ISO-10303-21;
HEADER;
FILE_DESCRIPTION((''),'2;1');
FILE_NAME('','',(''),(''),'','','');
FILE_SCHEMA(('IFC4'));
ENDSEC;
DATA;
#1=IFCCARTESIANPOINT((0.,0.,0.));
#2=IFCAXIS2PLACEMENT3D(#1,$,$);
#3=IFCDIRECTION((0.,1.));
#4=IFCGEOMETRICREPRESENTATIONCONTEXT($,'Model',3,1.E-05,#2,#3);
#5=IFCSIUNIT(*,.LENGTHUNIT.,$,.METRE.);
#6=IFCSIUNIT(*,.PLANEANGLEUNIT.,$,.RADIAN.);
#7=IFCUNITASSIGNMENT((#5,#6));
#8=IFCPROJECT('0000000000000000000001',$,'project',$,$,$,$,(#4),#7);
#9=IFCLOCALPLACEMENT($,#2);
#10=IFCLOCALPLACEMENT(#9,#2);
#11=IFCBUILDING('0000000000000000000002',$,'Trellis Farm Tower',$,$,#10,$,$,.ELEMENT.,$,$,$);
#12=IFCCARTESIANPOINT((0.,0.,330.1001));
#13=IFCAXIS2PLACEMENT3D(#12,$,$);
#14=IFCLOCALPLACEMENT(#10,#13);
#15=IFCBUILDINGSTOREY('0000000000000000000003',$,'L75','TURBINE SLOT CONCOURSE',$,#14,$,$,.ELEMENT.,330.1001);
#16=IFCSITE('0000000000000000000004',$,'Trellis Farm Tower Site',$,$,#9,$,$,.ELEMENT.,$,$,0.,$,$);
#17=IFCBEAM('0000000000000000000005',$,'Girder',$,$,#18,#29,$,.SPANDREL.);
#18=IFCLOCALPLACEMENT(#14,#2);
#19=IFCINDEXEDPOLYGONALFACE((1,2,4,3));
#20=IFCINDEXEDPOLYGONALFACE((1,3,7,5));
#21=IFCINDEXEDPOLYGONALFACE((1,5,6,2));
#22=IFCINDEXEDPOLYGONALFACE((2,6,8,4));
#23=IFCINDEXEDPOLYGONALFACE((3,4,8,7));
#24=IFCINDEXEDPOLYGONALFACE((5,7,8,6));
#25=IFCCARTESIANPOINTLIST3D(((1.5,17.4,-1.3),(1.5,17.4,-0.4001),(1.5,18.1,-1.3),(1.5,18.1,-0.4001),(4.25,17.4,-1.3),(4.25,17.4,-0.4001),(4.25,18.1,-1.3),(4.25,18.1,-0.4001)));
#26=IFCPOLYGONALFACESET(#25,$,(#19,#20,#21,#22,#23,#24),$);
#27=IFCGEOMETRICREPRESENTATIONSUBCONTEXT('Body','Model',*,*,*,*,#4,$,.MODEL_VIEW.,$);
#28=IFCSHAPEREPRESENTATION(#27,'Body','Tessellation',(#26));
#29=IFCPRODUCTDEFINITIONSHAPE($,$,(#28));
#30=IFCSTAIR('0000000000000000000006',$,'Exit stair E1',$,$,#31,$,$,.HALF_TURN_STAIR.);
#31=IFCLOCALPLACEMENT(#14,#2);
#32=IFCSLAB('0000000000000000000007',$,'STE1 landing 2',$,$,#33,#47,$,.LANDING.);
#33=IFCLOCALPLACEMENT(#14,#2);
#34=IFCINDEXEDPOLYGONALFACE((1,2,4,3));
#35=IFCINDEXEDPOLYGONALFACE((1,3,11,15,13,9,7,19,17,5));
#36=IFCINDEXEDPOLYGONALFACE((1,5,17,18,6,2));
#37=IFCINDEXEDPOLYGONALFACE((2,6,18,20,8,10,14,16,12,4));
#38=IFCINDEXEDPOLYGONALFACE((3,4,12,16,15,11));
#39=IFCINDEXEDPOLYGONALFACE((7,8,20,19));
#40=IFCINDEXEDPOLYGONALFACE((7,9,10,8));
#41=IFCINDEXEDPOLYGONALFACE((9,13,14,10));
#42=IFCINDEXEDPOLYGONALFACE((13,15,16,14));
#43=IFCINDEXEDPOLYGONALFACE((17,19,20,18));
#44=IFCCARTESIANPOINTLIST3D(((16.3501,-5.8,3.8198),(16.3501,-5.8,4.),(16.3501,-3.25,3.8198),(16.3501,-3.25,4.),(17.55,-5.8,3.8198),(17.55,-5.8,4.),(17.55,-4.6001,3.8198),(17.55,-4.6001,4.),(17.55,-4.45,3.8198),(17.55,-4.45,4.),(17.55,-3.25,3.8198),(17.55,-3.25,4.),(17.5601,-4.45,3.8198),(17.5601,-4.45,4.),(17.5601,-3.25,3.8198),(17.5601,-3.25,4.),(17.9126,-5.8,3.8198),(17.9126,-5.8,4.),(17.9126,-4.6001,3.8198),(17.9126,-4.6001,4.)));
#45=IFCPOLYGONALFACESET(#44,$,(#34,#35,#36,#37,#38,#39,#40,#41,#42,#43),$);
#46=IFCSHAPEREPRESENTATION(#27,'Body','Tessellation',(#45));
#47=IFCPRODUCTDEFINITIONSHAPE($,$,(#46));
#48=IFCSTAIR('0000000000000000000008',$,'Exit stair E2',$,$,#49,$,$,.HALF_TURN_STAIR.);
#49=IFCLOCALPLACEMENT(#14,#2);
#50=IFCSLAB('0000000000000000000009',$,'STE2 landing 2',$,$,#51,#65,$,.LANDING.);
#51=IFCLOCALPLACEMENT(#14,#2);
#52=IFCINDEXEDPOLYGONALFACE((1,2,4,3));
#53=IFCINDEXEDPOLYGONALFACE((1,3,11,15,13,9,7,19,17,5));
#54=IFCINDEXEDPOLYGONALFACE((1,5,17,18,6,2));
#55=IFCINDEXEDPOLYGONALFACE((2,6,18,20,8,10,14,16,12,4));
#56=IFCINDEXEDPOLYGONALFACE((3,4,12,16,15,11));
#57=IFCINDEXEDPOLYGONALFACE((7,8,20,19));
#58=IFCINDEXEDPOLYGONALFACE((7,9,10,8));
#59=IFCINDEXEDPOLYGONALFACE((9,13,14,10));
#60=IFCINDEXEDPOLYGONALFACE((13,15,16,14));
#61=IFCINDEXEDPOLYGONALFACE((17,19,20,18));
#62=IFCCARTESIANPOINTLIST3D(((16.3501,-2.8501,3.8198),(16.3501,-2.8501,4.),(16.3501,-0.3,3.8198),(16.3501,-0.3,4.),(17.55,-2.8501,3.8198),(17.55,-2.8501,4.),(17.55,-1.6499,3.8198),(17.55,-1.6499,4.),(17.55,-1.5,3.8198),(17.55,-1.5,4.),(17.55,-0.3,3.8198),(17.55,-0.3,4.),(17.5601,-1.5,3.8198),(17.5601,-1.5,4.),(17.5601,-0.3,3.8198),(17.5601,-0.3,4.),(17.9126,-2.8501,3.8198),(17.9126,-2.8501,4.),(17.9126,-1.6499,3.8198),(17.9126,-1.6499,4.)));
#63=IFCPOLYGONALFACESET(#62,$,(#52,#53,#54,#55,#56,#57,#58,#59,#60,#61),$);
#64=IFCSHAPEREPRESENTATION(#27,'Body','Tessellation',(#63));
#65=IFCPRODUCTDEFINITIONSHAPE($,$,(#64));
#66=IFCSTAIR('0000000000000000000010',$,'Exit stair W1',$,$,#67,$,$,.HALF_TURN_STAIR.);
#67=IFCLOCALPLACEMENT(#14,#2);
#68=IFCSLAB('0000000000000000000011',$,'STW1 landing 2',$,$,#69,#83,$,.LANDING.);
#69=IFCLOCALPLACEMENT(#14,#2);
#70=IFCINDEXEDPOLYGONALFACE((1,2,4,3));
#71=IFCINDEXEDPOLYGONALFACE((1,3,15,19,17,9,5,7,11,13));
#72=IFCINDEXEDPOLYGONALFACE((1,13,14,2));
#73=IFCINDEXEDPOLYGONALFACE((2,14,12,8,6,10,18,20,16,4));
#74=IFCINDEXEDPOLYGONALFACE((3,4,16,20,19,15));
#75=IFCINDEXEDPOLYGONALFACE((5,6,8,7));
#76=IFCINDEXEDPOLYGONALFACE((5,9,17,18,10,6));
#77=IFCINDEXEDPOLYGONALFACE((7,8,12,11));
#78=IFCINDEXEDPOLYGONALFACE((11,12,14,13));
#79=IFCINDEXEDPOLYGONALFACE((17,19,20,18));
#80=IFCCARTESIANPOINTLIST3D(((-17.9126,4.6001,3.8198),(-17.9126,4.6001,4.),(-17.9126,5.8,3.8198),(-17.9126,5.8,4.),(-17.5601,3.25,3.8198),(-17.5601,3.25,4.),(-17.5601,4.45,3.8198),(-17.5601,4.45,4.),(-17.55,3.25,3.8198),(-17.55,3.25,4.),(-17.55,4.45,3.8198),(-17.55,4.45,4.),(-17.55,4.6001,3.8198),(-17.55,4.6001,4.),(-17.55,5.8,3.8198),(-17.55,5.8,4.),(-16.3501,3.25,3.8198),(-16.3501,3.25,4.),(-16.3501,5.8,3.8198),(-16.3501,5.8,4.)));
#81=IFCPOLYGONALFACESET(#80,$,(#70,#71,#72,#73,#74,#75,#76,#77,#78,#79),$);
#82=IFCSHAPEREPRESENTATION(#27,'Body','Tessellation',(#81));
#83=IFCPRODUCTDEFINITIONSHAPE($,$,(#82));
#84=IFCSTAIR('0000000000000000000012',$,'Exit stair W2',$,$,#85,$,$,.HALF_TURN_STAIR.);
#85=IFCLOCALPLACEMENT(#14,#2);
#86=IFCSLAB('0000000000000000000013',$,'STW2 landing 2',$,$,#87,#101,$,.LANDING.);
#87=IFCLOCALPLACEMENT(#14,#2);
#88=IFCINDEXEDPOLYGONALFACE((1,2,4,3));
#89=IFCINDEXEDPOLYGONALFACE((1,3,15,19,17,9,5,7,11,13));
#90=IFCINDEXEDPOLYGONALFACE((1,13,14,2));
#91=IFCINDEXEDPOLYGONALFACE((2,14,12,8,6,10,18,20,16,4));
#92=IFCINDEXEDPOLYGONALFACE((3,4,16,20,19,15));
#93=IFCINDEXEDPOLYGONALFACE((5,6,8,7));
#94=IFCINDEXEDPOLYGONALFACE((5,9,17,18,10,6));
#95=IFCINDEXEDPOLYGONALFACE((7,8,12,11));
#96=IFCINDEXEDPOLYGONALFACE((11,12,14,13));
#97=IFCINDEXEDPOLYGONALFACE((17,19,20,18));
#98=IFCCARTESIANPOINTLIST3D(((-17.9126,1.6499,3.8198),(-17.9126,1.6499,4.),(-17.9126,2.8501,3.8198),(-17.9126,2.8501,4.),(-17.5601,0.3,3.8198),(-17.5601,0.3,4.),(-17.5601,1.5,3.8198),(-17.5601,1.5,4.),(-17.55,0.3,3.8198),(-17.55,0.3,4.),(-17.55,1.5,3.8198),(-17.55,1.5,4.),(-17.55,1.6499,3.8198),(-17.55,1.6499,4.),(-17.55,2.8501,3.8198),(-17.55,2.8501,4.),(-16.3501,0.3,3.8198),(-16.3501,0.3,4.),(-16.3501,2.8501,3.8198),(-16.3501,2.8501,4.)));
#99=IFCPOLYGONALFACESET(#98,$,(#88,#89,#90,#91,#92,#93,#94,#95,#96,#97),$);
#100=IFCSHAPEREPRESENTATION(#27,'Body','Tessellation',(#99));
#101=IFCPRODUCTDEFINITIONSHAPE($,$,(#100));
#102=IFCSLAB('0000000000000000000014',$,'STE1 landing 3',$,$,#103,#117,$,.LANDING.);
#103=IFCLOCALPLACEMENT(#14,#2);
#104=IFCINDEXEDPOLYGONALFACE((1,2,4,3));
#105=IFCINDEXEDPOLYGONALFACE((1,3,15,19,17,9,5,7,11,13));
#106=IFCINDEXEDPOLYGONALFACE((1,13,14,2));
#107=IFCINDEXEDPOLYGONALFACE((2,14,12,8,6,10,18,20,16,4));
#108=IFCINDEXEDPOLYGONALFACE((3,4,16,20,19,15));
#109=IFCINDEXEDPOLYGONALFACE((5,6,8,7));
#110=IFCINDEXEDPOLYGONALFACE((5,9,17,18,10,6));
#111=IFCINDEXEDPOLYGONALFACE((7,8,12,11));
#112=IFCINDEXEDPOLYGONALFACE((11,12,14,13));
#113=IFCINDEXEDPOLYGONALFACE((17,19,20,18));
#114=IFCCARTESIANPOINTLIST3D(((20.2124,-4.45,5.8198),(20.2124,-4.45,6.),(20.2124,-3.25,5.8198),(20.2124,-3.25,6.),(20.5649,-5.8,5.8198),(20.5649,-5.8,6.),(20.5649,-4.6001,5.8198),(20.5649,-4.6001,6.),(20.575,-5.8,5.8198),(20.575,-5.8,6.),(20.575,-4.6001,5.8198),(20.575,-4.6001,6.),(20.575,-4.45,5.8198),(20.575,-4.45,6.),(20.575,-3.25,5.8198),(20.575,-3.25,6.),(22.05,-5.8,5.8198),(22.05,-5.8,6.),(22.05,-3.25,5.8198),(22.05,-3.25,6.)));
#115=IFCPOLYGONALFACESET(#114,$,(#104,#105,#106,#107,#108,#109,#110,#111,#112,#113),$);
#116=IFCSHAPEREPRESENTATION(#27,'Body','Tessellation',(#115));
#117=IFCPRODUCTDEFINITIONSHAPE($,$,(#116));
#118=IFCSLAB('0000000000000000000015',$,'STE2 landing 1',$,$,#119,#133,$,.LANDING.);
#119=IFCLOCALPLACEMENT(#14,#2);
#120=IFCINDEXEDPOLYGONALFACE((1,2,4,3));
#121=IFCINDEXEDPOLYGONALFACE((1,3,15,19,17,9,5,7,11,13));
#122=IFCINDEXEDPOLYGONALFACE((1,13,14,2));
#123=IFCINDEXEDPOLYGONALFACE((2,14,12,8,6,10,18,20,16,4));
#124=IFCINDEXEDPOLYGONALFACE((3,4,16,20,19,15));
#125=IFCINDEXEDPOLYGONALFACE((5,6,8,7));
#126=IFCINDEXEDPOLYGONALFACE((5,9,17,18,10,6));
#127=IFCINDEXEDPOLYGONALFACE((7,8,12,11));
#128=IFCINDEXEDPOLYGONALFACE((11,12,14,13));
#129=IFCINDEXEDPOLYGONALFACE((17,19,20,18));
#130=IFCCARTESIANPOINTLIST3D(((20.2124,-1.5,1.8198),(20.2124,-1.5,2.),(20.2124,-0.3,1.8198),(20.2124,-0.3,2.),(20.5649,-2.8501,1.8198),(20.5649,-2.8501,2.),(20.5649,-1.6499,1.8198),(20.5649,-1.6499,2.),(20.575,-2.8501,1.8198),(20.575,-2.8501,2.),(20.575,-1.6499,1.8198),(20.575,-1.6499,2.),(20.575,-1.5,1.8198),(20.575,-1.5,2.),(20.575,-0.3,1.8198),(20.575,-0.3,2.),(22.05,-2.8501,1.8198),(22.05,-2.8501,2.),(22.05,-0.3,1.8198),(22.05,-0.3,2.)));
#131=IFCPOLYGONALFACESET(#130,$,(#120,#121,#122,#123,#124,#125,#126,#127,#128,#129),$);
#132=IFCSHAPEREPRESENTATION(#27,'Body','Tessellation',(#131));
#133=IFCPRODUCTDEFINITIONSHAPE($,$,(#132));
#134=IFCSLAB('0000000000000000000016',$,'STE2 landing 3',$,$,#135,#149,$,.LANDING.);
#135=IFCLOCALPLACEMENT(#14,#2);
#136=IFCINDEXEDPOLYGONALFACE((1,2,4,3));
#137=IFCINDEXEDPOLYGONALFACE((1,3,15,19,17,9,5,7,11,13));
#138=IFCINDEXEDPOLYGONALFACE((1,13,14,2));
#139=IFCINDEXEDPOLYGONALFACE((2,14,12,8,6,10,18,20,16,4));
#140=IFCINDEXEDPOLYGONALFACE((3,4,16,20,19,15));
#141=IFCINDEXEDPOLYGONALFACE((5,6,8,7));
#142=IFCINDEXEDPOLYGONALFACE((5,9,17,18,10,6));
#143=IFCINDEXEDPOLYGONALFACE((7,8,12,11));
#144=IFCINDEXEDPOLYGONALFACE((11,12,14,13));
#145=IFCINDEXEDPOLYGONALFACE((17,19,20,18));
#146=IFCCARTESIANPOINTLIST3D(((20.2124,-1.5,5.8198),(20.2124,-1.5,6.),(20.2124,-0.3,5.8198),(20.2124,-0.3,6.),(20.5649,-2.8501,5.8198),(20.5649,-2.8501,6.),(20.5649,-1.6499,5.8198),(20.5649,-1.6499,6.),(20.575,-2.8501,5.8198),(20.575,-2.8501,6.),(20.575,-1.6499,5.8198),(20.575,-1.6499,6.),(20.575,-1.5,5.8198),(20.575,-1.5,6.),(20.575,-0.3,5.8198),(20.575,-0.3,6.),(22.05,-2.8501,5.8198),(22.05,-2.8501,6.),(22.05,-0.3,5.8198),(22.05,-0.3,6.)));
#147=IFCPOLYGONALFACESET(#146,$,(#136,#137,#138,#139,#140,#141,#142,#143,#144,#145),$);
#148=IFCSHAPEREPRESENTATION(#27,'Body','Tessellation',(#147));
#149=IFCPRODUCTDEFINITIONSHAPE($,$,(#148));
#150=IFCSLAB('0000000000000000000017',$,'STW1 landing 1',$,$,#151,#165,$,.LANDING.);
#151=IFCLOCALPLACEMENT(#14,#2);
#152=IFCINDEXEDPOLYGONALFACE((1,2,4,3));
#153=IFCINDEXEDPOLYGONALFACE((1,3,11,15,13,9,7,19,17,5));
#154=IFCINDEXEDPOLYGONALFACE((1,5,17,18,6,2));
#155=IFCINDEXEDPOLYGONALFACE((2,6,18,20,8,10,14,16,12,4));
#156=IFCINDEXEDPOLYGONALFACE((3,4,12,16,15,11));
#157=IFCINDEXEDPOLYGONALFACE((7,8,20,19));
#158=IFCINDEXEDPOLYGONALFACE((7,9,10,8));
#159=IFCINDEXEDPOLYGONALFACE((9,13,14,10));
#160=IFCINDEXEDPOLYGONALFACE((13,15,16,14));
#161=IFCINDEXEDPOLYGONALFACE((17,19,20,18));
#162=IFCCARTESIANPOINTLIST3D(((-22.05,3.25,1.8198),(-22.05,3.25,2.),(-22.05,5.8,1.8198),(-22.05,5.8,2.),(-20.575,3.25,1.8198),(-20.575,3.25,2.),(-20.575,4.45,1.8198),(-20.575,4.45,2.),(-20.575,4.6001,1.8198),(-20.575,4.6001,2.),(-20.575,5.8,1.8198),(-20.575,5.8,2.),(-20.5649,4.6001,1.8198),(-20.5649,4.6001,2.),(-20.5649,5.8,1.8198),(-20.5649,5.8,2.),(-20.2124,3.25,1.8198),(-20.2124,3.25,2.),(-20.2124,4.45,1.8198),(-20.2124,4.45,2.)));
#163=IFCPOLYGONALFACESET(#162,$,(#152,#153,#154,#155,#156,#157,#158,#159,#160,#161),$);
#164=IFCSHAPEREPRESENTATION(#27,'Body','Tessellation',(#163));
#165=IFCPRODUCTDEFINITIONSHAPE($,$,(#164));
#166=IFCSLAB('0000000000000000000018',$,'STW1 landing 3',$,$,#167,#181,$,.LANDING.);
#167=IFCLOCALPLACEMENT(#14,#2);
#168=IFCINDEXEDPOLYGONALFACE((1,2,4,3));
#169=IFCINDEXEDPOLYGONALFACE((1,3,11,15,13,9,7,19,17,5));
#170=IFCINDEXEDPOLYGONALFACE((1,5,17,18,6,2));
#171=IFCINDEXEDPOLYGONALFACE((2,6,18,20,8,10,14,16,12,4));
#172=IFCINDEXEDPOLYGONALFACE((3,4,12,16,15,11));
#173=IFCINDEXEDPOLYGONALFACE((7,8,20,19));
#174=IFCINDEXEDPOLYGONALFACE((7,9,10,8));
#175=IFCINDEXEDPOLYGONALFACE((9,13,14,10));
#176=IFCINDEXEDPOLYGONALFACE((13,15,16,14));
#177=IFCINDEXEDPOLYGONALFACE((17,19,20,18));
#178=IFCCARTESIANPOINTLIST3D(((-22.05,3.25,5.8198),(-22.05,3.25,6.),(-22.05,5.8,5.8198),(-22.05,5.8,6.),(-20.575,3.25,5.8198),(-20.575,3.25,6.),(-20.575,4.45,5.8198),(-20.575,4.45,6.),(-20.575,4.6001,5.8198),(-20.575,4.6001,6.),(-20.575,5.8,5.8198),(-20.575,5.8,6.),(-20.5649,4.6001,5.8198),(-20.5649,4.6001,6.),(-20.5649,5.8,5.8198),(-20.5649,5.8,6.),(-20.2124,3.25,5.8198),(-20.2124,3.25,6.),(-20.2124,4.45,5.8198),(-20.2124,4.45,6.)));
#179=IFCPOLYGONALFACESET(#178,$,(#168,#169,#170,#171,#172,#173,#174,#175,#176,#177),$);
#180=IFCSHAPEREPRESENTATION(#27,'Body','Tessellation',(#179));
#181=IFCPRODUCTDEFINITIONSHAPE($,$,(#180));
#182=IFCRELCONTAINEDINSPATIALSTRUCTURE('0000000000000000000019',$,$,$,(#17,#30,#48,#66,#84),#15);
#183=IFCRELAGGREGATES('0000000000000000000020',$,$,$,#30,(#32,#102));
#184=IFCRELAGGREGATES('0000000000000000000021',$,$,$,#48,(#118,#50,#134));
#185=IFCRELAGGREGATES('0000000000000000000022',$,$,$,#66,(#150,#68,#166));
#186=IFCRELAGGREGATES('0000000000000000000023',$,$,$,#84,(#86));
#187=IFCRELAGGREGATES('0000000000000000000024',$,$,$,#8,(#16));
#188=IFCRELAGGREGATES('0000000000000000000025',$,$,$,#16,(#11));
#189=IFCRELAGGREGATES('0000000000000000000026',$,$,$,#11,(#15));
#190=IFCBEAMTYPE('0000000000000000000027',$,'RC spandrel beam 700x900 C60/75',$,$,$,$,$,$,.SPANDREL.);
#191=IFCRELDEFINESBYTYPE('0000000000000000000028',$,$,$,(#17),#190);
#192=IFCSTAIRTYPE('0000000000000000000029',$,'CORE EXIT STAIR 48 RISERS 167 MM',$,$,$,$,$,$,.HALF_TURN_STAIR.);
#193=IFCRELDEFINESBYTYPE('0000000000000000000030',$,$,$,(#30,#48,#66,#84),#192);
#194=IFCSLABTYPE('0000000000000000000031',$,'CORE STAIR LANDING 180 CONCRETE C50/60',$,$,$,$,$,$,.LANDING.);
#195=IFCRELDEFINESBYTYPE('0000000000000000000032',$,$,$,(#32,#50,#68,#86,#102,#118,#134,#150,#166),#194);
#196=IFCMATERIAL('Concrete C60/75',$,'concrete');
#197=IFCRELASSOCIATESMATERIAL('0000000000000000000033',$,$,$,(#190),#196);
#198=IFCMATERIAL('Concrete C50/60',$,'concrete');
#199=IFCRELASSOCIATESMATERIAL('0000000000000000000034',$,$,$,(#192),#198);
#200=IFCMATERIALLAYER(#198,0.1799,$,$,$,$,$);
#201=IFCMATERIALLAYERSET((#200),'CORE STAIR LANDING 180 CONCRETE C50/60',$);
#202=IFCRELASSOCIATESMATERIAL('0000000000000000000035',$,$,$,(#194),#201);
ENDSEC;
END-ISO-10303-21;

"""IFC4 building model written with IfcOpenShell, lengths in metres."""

from ifc_helpers import new_model, si_unit, direction, frame, origin, origin_2d, place, context, subcontext, project, spatial, polyline, rectangle, outline, extrude, source, transform, mapped, material, layer, layer_set, material_profile, profile_set, type_object, element, aggregate, save


model = new_model("IFC4")

# Units and contexts
model_context = context("Model", 3, precision=1e-05, world=origin(), true_north=direction((0.0, 1.0)))
body_context = subcontext(model_context, "Body", "Model", "MODEL_VIEW")
ifc_project = project(units=[si_unit("LENGTHUNIT", "METRE"), si_unit("PLANEANGLEUNIT", "RADIAN")], contexts=[model_context])

# Site, building, storey
site_placement = place(None, origin())
site = spatial("IfcSite", under=ifc_project, at=site_placement, Name="Trellis Farm Tower Site", CompositionType="ELEMENT", RefElevation=0.0)
building_placement = place(site_placement, origin())
building = spatial("IfcBuilding", under=site, at=building_placement, Name="Trellis Farm Tower", CompositionType="ELEMENT")
storey_placement = place(building_placement, frame((0.0, 0.0, 330.1001)))
storey = spatial("IfcBuildingStorey", under=building, at=storey_placement, Name="L75", Description="TURBINE SLOT CONCOURSE", CompositionType="ELEMENT", Elevation=330.1001)

# Beam
ifc_material_1 = material(Name="Concrete C60/75", Category="concrete")
ifc_material_profile_1 = material_profile(ifc_material_1, rectangle(XDim=0.7, YDim=0.8999, at=origin_2d()), Name="RC spandrel beam 700x900 C60/75")
ifc_profile_set_1 = profile_set([ifc_material_profile_1], Name="Concrete C60/75")
beam_type = type_object("IfcBeamType", Name="RC spandrel beam 700x900 C60/75", PredefinedType="SPANDREL", material=ifc_profile_set_1)
shared_shape_1 = source(origin(), body_context, "Body", "SweptSolid", [
    extrude(rectangle(XDim=0.7, YDim=0.8999, at=origin_2d()), origin(), (0.0, 0.0, 1.0), 2.75),
])
beam_placement = place(storey_placement, frame((1.5, 17.75, -0.8501), z_axis=(1.0, 0.0, 0.0), x_axis=(0.0, 1.0, 0.0)))
element("IfcBeam", 1, at=beam_placement, inside=storey, type_object=beam_type, Name="Girder", PredefinedType="SPANDREL", context=body_context, shape_type="MappedRepresentation", body=[
    mapped(shared_shape_1, transform((0.0, 0.0, 0.0))),
])

# Stairs, slabs
ifc_material_2 = material(Name="Concrete C50/60", Category="concrete")
stair_type = type_object("IfcStairType", Name="CORE EXIT STAIR 48 RISERS 167 MM", PredefinedType="HALF_TURN_STAIR", material=ifc_material_2)
placement_1 = place(storey_placement, origin())
stair_1 = element("IfcStair", 2, at=placement_1, inside=storey, type_object=stair_type, Name="Exit stair E1", PredefinedType="HALF_TURN_STAIR")
ifc_layer_1 = layer(ifc_material_2, 0.1799)
ifc_layer_set_1 = layer_set([ifc_layer_1], Name="CORE STAIR LANDING 180 CONCRETE C50/60")
slab_type = type_object("IfcSlabType", Name="CORE STAIR LANDING 180 CONCRETE C50/60", PredefinedType="LANDING", material=ifc_layer_set_1)
placement_2 = place(storey_placement, frame((0.0, 0.0, 3.8198)))
slab_1 = element("IfcSlab", 3, at=placement_2, type_object=slab_type, Name="STE1 landing 2", PredefinedType="LANDING", context=body_context, shape_type="SweptSolid", body=[
    extrude(outline(polyline([(17.9126, -4.6001), (17.9126, -5.8), (17.55, -5.8), (16.3501, -5.8), (16.3501, -3.25), (17.55, -3.25), (17.5601, -3.25), (17.5601, -4.45), (17.55, -4.45), (17.55, -4.6001), (17.9126, -4.6001)])), origin(), (0.0, 0.0, 1.0), 0.1802),
])
stair_2 = element("IfcStair", 4, at=placement_1, inside=storey, type_object=stair_type, Name="Exit stair E2", PredefinedType="HALF_TURN_STAIR")
slab_2 = element("IfcSlab", 5, at=placement_2, type_object=slab_type, Name="STE2 landing 2", PredefinedType="LANDING", context=body_context, shape_type="SweptSolid", body=[
    extrude(outline(polyline([(17.9126, -1.6499), (17.9126, -2.8501), (17.55, -2.8501), (16.3501, -2.8501), (16.3501, -0.3), (17.55, -0.3), (17.5601, -0.3), (17.5601, -1.5), (17.55, -1.5), (17.55, -1.6499), (17.9126, -1.6499)])), origin(), (0.0, 0.0, 1.0), 0.1802),
])
stair_3 = element("IfcStair", 6, at=placement_1, inside=storey, type_object=stair_type, Name="Exit stair W1", PredefinedType="HALF_TURN_STAIR")
slab_3 = element("IfcSlab", 7, at=placement_2, type_object=slab_type, Name="STW1 landing 2", PredefinedType="LANDING", context=body_context, shape_type="SweptSolid", body=[
    extrude(outline(polyline([(-17.5601, 3.25), (-17.5601, 4.45), (-17.55, 4.45), (-17.55, 4.6001), (-17.9126, 4.6001), (-17.9126, 5.8), (-17.55, 5.8), (-16.3501, 5.8), (-16.3501, 3.25), (-17.55, 3.25), (-17.5601, 3.25)])), origin(), (0.0, 0.0, 1.0), 0.1802),
])
stair_4 = element("IfcStair", 8, at=placement_1, inside=storey, type_object=stair_type, Name="Exit stair W2", PredefinedType="HALF_TURN_STAIR")
slab_4 = element("IfcSlab", 9, at=placement_2, type_object=slab_type, Name="STW2 landing 2", PredefinedType="LANDING", context=body_context, shape_type="SweptSolid", body=[
    extrude(outline(polyline([(-17.5601, 0.3), (-17.5601, 1.5), (-17.55, 1.5), (-17.55, 1.6499), (-17.9126, 1.6499), (-17.9126, 2.8501), (-17.55, 2.8501), (-16.3501, 2.8501), (-16.3501, 0.3), (-17.55, 0.3), (-17.5601, 0.3)])), origin(), (0.0, 0.0, 1.0), 0.1802),
])

# Slabs
shared_shape_2 = source(origin(), body_context, "Body", "SweptSolid", [
    extrude(outline(polyline([(20.5649, -5.8), (20.5649, -4.6001), (20.575, -4.6001), (20.575, -4.45), (20.2124, -4.45), (20.2124, -3.25), (20.575, -3.25), (22.05, -3.25), (22.05, -5.8), (20.575, -5.8), (20.5649, -5.8)])), origin(), (0.0, 0.0, 1.0), 0.1802),
])
placement_3 = place(storey_placement, frame((0.0, 0.0, 5.8198)))
slab_5 = element("IfcSlab", 10, at=placement_3, type_object=slab_type, Name="STE1 landing 3", PredefinedType="LANDING", context=body_context, shape_type="MappedRepresentation", body=[
    mapped(shared_shape_2, transform((0.0, 0.0, 0.0))),
])
aggregate(stair_1, [slab_1, slab_5])
shared_shape_3 = source(origin(), body_context, "Body", "SweptSolid", [
    extrude(outline(polyline([(20.5649, -2.8501), (20.5649, -1.6499), (20.575, -1.6499), (20.575, -1.5), (20.2124, -1.5), (20.2124, -0.3), (20.575, -0.3), (22.05, -0.3), (22.05, -2.8501), (20.575, -2.8501), (20.5649, -2.8501)])), origin(), (0.0, 0.0, 1.0), 0.1802),
])
placement_4 = place(storey_placement, frame((0.0, 0.0, 1.8198)))
slab_6 = element("IfcSlab", 11, at=placement_4, type_object=slab_type, Name="STE2 landing 1", PredefinedType="LANDING", context=body_context, shape_type="MappedRepresentation", body=[
    mapped(shared_shape_3, transform((0.0, 0.0, 0.0))),
])
slab_7 = element("IfcSlab", 12, at=placement_3, type_object=slab_type, Name="STE2 landing 3", PredefinedType="LANDING", context=body_context, shape_type="MappedRepresentation", body=[
    mapped(shared_shape_3, transform((0.0, 0.0, 0.0))),
])
aggregate(stair_2, [slab_6, slab_2, slab_7])
shared_shape_4 = source(origin(), body_context, "Body", "SweptSolid", [
    extrude(outline(polyline([(-20.2124, 4.45), (-20.2124, 3.25), (-20.575, 3.25), (-22.05, 3.25), (-22.05, 5.8), (-20.575, 5.8), (-20.5649, 5.8), (-20.5649, 4.6001), (-20.575, 4.6001), (-20.575, 4.45), (-20.2124, 4.45)])), origin(), (0.0, 0.0, 1.0), 0.1802),
])
slab_8 = element("IfcSlab", 13, at=placement_4, type_object=slab_type, Name="STW1 landing 1", PredefinedType="LANDING", context=body_context, shape_type="MappedRepresentation", body=[
    mapped(shared_shape_4, transform((0.0, 0.0, 0.0))),
])
slab_9 = element("IfcSlab", 14, at=placement_3, type_object=slab_type, Name="STW1 landing 3", PredefinedType="LANDING", context=body_context, shape_type="MappedRepresentation", body=[
    mapped(shared_shape_4, transform((0.0, 0.0, 0.0))),
])
aggregate(stair_3, [slab_8, slab_3, slab_9])
aggregate(stair_4, [slab_4])

save(model, "model.ifc")
